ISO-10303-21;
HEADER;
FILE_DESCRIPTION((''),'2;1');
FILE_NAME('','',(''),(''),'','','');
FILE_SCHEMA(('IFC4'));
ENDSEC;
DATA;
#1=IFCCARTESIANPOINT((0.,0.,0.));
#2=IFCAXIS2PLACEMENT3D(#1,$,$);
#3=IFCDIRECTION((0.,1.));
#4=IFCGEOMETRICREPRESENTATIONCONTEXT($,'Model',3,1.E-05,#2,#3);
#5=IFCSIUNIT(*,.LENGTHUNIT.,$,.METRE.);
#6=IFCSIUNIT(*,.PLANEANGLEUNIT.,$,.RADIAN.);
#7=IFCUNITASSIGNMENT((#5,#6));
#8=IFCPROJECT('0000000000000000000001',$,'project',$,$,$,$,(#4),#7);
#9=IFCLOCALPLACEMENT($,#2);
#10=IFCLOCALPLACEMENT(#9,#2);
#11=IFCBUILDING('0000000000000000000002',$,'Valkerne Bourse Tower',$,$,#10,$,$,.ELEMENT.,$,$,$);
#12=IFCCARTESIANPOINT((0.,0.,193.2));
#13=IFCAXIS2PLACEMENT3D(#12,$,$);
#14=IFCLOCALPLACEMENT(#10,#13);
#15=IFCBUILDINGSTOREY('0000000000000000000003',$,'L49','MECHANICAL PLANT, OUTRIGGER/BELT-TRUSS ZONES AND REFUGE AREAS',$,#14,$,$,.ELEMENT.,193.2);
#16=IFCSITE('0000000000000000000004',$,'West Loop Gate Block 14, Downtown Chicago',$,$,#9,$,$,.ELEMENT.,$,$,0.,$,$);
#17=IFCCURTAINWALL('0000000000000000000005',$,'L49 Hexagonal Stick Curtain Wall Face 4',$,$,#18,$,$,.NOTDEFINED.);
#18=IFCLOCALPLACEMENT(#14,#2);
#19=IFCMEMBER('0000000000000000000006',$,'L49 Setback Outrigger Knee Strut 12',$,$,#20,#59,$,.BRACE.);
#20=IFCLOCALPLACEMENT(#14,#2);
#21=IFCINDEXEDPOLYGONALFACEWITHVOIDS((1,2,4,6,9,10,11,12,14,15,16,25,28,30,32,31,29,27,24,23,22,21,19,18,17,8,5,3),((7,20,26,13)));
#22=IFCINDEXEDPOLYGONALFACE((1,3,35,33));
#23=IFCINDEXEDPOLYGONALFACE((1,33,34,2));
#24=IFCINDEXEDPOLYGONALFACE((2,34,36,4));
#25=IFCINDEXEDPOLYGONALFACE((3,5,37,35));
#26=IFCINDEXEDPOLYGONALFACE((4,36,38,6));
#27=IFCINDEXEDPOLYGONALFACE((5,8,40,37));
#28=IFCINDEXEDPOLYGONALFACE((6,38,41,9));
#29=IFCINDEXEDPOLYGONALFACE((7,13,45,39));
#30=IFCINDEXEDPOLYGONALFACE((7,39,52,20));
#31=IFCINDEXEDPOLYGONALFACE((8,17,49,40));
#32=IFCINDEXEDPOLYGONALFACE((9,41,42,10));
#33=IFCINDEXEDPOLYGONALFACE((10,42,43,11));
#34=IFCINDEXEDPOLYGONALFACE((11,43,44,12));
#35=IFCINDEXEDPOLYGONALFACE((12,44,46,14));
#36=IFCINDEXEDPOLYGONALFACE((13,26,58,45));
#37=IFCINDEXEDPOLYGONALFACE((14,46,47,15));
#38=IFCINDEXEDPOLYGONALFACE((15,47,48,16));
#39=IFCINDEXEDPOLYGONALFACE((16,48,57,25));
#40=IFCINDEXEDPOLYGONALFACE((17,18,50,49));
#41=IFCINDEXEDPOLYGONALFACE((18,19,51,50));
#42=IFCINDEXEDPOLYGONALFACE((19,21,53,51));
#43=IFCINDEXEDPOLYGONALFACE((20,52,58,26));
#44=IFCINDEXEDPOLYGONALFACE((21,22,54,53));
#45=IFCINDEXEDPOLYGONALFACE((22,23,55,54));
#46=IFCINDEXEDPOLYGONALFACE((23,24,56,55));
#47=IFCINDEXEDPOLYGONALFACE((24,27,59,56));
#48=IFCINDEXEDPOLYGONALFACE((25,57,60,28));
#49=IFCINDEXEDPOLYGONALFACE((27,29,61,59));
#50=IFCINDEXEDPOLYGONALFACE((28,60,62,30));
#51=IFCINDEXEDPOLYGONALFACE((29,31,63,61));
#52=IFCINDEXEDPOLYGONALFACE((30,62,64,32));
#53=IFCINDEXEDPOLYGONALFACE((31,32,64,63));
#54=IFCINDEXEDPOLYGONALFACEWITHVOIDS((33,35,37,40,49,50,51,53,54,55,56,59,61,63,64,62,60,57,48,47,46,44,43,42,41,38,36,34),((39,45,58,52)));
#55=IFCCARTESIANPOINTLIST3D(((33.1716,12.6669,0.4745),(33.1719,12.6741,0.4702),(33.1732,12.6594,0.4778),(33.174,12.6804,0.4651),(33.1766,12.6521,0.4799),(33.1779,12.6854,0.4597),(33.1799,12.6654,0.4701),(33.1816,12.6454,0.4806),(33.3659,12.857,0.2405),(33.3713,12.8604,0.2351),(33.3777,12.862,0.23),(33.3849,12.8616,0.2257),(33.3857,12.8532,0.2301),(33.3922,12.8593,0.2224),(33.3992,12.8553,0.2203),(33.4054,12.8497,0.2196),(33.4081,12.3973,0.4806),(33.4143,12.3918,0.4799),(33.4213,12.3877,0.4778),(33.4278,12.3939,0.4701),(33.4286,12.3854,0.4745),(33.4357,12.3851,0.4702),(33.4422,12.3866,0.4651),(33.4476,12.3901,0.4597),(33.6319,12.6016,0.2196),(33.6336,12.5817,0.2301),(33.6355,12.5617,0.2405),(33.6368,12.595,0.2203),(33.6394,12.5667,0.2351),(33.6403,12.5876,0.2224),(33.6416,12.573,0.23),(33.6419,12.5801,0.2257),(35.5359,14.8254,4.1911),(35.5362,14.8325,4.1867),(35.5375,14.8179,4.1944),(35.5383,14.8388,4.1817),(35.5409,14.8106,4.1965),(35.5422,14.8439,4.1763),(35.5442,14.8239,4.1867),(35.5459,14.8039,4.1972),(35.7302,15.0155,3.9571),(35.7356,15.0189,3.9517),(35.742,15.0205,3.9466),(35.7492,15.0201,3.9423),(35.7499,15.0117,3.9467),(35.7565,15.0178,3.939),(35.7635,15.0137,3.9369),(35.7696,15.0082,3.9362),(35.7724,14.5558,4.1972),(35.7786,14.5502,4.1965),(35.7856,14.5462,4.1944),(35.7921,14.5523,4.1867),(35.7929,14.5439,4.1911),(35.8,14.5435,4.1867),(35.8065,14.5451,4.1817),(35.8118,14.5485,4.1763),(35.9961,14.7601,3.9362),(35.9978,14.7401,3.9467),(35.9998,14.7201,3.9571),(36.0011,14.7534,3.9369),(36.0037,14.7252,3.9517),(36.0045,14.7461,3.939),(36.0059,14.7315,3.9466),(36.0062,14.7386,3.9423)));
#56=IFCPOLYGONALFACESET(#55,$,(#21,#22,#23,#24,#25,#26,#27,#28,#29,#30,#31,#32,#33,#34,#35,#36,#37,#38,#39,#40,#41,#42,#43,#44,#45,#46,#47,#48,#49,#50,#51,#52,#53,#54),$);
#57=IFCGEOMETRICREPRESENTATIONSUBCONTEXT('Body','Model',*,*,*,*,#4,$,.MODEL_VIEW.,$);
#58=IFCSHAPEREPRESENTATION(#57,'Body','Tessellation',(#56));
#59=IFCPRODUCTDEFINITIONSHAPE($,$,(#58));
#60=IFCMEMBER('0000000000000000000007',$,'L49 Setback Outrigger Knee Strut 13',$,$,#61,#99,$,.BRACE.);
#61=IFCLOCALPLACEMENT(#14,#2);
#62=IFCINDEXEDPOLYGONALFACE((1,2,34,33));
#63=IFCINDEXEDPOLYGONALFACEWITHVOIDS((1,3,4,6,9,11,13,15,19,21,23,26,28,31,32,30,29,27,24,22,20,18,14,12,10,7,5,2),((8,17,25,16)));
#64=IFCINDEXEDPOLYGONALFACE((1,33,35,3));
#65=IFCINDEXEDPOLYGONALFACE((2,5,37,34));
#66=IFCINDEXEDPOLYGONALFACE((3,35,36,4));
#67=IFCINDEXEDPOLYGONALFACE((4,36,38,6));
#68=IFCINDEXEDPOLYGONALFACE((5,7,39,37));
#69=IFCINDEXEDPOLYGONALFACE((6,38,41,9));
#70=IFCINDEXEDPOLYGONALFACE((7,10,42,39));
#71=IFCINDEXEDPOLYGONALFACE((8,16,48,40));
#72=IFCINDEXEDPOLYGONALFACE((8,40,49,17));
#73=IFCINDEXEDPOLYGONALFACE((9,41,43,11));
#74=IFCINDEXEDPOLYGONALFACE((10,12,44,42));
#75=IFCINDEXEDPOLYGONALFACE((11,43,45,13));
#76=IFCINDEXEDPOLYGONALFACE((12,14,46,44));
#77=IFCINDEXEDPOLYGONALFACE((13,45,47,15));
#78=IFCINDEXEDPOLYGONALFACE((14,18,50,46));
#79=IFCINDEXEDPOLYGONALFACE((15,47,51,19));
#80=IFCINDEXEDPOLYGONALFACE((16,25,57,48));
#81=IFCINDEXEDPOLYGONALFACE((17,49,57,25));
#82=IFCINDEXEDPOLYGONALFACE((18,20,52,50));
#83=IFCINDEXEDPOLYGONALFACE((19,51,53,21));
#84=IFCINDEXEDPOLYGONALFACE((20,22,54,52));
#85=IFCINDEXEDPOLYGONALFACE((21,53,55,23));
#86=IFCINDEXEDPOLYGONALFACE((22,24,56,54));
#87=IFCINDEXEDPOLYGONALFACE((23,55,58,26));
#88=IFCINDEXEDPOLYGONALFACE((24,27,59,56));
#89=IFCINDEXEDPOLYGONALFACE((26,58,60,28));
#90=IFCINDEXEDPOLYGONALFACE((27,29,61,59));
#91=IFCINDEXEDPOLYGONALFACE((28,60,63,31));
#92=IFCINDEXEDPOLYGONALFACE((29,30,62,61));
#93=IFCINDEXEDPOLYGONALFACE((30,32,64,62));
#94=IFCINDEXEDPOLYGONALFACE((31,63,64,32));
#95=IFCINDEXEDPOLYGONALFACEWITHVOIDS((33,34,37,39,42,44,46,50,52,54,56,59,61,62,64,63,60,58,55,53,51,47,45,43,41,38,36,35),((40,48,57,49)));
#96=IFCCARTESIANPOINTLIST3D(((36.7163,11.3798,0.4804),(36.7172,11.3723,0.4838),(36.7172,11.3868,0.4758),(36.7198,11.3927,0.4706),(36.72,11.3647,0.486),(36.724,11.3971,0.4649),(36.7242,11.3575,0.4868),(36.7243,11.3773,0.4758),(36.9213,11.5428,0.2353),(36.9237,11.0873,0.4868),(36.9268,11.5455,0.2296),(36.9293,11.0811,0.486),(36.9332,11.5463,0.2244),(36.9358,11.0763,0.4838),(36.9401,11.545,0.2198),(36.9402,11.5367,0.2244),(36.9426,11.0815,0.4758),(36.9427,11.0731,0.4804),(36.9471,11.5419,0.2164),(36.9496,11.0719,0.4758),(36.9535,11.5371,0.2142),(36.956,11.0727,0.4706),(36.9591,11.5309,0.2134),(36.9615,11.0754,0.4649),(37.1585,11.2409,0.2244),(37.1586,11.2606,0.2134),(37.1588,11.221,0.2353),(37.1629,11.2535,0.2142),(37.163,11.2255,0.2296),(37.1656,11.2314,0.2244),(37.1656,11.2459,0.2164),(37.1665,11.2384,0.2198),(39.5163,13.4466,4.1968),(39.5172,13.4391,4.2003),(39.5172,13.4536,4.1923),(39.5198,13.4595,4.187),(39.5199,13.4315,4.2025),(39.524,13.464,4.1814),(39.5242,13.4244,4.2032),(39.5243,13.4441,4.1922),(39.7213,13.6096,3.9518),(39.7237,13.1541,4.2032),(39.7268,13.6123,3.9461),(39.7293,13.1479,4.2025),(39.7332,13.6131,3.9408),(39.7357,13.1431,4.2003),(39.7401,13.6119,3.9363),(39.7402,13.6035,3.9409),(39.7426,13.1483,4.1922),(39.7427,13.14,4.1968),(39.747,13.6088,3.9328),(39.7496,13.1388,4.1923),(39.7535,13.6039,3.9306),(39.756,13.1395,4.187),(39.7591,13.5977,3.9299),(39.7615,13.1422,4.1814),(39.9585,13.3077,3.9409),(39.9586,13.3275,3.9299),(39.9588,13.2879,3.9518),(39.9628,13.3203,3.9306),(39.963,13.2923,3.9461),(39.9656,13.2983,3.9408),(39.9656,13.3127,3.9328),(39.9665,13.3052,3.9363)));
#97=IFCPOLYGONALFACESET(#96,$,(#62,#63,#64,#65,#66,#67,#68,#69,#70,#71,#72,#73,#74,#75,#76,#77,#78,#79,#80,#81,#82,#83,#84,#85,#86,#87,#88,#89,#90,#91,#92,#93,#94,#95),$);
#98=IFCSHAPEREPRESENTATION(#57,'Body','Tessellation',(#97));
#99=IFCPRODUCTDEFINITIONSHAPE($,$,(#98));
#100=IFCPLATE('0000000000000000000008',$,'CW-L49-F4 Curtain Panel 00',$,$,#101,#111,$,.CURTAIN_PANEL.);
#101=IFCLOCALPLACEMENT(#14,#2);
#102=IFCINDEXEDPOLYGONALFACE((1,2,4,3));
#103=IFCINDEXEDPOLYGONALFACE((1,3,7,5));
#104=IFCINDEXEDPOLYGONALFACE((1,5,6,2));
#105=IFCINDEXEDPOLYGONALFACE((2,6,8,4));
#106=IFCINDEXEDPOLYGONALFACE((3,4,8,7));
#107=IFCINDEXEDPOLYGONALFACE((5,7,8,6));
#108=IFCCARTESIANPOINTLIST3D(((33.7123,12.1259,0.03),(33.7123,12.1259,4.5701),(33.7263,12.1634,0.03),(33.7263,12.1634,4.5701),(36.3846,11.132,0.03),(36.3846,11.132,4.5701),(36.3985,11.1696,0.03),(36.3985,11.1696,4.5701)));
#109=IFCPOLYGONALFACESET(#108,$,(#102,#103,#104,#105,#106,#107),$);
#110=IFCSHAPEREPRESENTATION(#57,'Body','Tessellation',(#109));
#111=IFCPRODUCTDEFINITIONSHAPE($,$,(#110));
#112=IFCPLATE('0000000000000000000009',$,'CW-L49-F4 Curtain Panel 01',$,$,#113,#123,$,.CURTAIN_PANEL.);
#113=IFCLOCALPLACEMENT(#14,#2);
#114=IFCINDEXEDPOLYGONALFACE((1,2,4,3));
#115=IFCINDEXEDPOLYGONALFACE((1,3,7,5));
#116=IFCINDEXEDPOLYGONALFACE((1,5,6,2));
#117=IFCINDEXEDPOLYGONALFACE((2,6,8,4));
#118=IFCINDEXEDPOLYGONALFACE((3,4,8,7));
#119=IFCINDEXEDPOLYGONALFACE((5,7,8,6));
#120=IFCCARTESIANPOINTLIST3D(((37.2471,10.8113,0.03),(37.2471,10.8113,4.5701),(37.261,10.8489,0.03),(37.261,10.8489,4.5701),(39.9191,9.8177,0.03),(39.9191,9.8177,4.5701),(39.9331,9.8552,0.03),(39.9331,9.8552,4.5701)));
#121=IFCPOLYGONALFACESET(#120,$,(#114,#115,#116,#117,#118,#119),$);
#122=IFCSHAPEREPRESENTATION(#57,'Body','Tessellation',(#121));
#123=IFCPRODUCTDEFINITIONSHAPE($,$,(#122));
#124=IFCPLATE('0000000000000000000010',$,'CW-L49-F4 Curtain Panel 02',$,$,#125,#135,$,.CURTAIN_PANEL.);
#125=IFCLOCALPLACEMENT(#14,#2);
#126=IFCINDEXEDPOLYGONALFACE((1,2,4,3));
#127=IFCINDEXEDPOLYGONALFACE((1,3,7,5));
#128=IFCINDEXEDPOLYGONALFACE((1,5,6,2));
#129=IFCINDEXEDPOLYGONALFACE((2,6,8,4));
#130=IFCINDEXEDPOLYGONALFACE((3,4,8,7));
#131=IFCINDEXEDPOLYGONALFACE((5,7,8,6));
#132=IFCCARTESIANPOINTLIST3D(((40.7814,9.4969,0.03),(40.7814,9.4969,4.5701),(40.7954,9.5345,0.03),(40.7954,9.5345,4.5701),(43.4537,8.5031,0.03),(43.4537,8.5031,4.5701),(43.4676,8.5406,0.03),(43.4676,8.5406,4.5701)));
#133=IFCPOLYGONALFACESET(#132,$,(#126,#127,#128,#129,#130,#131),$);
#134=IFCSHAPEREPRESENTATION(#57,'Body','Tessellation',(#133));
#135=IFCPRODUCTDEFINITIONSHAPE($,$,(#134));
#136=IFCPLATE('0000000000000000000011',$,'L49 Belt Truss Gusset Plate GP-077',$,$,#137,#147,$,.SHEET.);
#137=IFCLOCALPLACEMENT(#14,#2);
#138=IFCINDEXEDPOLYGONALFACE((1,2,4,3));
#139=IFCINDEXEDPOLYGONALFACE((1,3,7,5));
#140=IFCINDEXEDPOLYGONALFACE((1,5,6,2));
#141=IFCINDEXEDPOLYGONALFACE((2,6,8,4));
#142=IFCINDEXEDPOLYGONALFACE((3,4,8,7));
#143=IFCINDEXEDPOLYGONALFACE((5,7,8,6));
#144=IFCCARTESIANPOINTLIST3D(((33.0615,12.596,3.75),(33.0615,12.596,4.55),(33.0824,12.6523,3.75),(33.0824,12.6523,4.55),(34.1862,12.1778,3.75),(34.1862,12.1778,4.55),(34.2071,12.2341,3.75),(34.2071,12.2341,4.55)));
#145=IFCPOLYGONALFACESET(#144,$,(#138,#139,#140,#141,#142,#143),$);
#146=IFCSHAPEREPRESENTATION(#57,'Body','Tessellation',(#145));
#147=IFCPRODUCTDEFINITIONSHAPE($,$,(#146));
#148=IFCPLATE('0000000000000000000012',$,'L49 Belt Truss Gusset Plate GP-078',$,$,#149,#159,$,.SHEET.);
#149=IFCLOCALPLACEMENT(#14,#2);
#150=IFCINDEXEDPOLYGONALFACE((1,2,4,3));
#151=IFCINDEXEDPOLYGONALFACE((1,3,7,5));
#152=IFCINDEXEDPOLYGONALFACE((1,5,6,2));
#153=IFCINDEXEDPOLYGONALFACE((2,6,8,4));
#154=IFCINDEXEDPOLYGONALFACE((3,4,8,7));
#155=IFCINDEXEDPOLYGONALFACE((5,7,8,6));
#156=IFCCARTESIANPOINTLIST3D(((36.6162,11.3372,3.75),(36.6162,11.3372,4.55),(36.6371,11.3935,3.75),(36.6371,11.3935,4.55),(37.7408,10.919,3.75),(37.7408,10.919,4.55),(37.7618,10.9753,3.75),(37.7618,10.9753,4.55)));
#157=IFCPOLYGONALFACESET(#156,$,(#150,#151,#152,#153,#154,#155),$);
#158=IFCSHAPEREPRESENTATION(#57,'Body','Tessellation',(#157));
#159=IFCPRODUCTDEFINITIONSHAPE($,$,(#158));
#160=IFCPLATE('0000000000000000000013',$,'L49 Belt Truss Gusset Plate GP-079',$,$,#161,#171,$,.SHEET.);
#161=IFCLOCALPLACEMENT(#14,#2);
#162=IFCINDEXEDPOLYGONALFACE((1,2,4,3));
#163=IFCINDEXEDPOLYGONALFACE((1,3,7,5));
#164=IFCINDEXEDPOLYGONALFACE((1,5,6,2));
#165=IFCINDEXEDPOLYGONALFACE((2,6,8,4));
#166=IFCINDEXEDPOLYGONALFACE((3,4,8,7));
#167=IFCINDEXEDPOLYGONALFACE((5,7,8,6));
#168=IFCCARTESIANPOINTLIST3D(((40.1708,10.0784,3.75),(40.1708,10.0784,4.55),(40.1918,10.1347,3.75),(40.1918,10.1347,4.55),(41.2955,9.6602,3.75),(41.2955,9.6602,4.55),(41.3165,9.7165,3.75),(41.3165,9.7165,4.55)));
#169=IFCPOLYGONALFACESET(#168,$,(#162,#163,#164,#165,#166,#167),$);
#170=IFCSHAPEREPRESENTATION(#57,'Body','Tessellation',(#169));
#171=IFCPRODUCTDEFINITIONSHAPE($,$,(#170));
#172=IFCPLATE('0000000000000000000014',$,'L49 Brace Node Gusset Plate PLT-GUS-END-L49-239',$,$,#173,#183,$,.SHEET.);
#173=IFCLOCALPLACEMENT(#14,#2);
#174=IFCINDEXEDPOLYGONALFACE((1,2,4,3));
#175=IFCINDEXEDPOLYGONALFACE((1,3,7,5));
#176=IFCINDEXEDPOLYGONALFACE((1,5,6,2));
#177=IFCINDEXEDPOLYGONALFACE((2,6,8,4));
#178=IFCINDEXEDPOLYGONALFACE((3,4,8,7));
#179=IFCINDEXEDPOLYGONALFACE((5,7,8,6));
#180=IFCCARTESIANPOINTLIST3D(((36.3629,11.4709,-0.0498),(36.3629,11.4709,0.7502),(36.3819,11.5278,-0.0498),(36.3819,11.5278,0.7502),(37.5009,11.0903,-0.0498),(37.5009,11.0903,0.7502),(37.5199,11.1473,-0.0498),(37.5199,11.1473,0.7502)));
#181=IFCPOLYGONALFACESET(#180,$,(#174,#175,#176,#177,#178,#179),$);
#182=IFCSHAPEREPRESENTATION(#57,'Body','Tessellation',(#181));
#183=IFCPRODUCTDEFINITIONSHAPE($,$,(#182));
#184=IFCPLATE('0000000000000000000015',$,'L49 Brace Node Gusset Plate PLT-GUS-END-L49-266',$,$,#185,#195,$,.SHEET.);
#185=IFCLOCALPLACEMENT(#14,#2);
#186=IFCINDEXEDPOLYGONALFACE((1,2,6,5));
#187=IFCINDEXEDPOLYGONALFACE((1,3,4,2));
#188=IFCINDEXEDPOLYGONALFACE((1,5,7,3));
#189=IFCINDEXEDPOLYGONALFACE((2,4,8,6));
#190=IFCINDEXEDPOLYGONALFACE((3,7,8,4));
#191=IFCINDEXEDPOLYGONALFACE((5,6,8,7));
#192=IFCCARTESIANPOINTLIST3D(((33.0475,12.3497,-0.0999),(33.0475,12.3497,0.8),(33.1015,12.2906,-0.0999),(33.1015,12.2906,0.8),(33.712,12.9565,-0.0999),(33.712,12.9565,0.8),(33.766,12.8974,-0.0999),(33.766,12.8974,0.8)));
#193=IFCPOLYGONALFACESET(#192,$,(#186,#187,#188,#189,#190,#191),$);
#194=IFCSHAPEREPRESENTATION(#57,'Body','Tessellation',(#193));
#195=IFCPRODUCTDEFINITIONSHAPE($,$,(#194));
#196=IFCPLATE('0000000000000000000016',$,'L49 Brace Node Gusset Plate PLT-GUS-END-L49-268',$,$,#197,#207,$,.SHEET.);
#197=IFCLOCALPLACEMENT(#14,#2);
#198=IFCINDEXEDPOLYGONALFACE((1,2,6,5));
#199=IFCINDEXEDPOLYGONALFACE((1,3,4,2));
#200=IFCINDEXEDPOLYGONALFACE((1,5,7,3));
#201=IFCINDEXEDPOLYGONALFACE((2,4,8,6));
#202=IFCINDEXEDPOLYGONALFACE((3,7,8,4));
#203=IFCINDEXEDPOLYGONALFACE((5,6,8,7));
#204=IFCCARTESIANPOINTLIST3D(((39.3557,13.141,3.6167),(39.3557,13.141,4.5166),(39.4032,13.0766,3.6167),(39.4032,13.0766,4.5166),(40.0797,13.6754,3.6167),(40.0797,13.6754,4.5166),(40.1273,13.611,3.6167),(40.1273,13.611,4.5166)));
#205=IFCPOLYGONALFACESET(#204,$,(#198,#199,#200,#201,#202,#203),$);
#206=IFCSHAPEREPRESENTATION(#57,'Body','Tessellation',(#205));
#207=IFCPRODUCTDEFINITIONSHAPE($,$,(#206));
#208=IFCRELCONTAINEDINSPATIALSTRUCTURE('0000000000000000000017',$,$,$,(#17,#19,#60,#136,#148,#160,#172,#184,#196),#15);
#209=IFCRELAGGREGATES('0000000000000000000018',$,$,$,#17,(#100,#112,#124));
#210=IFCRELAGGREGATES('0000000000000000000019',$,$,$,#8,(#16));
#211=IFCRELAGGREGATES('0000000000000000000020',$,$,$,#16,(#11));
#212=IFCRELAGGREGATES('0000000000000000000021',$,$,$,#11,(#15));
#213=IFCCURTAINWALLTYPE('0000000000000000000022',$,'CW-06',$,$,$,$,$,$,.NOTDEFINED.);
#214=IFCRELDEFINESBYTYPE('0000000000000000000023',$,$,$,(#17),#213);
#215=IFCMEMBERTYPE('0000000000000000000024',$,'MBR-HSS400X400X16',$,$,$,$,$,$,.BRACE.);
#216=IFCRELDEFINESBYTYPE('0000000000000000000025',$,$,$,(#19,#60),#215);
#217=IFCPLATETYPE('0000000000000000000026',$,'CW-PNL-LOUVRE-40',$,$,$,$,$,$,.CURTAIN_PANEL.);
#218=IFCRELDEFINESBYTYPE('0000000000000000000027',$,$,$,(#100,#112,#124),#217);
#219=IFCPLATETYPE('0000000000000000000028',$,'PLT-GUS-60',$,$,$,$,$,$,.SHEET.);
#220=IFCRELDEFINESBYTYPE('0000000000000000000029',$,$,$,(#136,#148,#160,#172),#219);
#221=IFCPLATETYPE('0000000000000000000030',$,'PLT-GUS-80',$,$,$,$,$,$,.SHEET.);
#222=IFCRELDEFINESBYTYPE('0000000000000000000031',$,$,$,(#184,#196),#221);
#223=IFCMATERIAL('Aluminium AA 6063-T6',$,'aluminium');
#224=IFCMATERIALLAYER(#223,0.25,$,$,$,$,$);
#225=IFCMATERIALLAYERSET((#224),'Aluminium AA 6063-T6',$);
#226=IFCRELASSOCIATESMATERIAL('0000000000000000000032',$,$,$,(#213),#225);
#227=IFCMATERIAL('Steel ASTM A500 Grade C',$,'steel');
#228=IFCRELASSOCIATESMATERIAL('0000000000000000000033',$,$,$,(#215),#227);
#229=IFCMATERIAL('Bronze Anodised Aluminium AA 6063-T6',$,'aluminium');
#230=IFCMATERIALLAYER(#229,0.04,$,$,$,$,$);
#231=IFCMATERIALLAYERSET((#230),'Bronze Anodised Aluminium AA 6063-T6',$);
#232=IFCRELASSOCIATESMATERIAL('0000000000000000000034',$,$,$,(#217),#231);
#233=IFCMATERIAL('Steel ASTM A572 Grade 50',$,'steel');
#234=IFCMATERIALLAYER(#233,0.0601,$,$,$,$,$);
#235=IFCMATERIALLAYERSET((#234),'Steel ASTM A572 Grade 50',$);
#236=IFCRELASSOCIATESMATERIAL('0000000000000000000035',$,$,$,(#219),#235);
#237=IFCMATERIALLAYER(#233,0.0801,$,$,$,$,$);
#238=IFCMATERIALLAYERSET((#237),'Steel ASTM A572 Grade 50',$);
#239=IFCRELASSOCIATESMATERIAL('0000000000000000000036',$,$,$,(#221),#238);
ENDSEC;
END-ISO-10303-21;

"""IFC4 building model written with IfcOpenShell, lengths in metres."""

from ifc_helpers import new_model, si_unit, direction, frame, origin, origin_2d, place, context, subcontext, project, spatial, rectangle, hollow_rectangle, extrude, material, layer, layer_set, material_profile, profile_set, type_object, element, aggregate, save


model = new_model("IFC4")

# Units and contexts
model_context = context("Model", 3, precision=1e-05, world=origin(), true_north=direction((0.0, 1.0)))
body_context = subcontext(model_context, "Body", "Model", "MODEL_VIEW")
ifc_project = project(units=[si_unit("LENGTHUNIT", "METRE"), si_unit("PLANEANGLEUNIT", "RADIAN")], contexts=[model_context])

# Site, building, storey
site_placement = place(None, origin())
site = spatial("IfcSite", under=ifc_project, at=site_placement, Name="West Loop Gate Block 14, Downtown Chicago", CompositionType="ELEMENT", RefElevation=0.0)
building_placement = place(site_placement, origin())
building = spatial("IfcBuilding", under=site, at=building_placement, Name="Valkerne Bourse Tower", CompositionType="ELEMENT")
storey_placement = place(building_placement, frame((0.0, 0.0, 193.2)))
storey = spatial("IfcBuildingStorey", under=building, at=storey_placement, Name="L49", Description="MECHANICAL PLANT, OUTRIGGER/BELT-TRUSS ZONES AND REFUGE AREAS", CompositionType="ELEMENT", Elevation=193.2)

# Curtain wall
ifc_material_1 = material(Name="Aluminium AA 6063-T6", Category="aluminium")
ifc_layer_1 = layer(ifc_material_1, 0.25)
ifc_layer_set_1 = layer_set([ifc_layer_1], Name="Aluminium AA 6063-T6")
curtain_wall_type = type_object("IfcCurtainWallType", Name="CW-06", PredefinedType="NOTDEFINED", material=ifc_layer_set_1)
curtain_wall_placement = place(storey_placement, origin())
curtain_wall = element("IfcCurtainWall", 1, at=curtain_wall_placement, inside=storey, type_object=curtain_wall_type, Name="L49 Hexagonal Stick Curtain Wall Face 4", PredefinedType="NOTDEFINED")

# Members
ifc_material_2 = material(Name="Steel ASTM A500 Grade C", Category="steel")
ifc_material_profile_1 = material_profile(ifc_material_2, hollow_rectangle(XDim=0.3999, YDim=0.3999, WallThickness=0.0161, OuterFilletRadius=0.032, at=origin_2d()), Name="HSS400X400X16")
ifc_profile_set_1 = profile_set([ifc_material_profile_1], Name="Steel ASTM A500 Grade C")
member_type_1 = type_object("IfcMemberType", Name="MBR-HSS400X400X16", PredefinedType="BRACE", material=ifc_profile_set_1)
member_1_placement = place(storey_placement, frame((33.4067, 12.6235, 0.3501), z_axis=(0.481986, 0.440029, 0.75767), x_axis=(-0.674231, 0.73852, 0.0)))
element("IfcMember", 2, at=member_1_placement, inside=storey, type_object=member_type_1, Name="L49 Setback Outrigger Knee Strut 12", PredefinedType="BRACE", context=body_context, shape_type="SweptSolid", body=[
    extrude(hollow_rectangle(XDim=0.3999, YDim=0.3999, WallThickness=0.0161, OuterFilletRadius=0.032, at=origin_2d()), origin(), (0.0, 0.0, 1.0), 4.9053),
])
member_2_placement = place(storey_placement, frame((36.9414, 11.3091, 0.3501), z_axis=(0.549928, 0.405937, 0.729928), x_axis=(-0.593888, 0.804548, 0.0)))
element("IfcMember", 3, at=member_2_placement, inside=storey, type_object=member_type_1, Name="L49 Setback Outrigger Knee Strut 13", PredefinedType="BRACE", context=body_context, shape_type="SweptSolid", body=[
    extrude(hollow_rectangle(XDim=0.3999, YDim=0.3999, WallThickness=0.0161, OuterFilletRadius=0.032, at=origin_2d()), origin(), (0.0, 0.0, 1.0), 5.0916),
])

# Plates
ifc_material_3 = material(Name="Bronze Anodised Aluminium AA 6063-T6", Category="aluminium")
ifc_layer_2 = layer(ifc_material_3, 0.04)
ifc_layer_set_2 = layer_set([ifc_layer_2], Name="Bronze Anodised Aluminium AA 6063-T6")
plate_type_1 = type_object("IfcPlateType", Name="CW-PNL-LOUVRE-40", PredefinedType="CURTAIN_PANEL", material=ifc_layer_set_2)
plate_1_placement = place(storey_placement, frame((35.0554, 11.6477, 0.03), z_axis=(0.0, 0.0, 1.0), x_axis=(0.937279, -0.348579, 0.0)))
plate_1 = element("IfcPlate", 4, at=plate_1_placement, type_object=plate_type_1, Name="CW-L49-F4 Curtain Panel 00", PredefinedType="CURTAIN_PANEL", context=body_context, shape_type="SweptSolid", body=[
    extrude(rectangle(XDim=2.8511, YDim=0.04, at=origin_2d()), origin(), (0.0, 0.0, 1.0), 4.54),
])
plate_2_placement = place(storey_placement, frame((38.5901, 10.3333, 0.03), z_axis=(0.0, 0.0, 1.0), x_axis=(0.937288, -0.348556, 0.0)))
plate_2 = element("IfcPlate", 5, at=plate_2_placement, type_object=plate_type_1, Name="CW-L49-F4 Curtain Panel 01", PredefinedType="CURTAIN_PANEL", context=body_context, shape_type="SweptSolid", body=[
    extrude(rectangle(XDim=2.8508, YDim=0.04, at=origin_2d()), origin(), (0.0, 0.0, 1.0), 4.54),
])
plate_3_placement = place(storey_placement, frame((42.1245, 9.0188, 0.03), z_axis=(0.0, 0.0, 1.0), x_axis=(0.937279, -0.348579, 0.0)))
plate_3 = element("IfcPlate", 6, at=plate_3_placement, type_object=plate_type_1, Name="CW-L49-F4 Curtain Panel 02", PredefinedType="CURTAIN_PANEL", context=body_context, shape_type="SweptSolid", body=[
    extrude(rectangle(XDim=2.8511, YDim=0.04, at=origin_2d()), origin(), (0.0, 0.0, 1.0), 4.54),
])
aggregate(curtain_wall, [plate_1, plate_2, plate_3])

# Plates
ifc_material_4 = material(Name="Steel ASTM A572 Grade 50", Category="steel")
ifc_layer_3 = layer(ifc_material_4, 0.0601)
ifc_layer_set_3 = layer_set([ifc_layer_3], Name="Steel ASTM A572 Grade 50")
plate_type_2 = type_object("IfcPlateType", Name="PLT-GUS-60", PredefinedType="SHEET", material=ifc_layer_set_3)
for number, where, z_axis, x_axis, name in (
    (7, (33.6343, 12.415, 3.75), (0.0, 0.0, 1.0), (0.937282, -0.348572, 0.0), "L49 Belt Truss Gusset Plate GP-077"),
    (8, (37.189, 11.1562, 3.75), (0.0, 0.0, 1.0), (0.937282, -0.348572, 0.0), "L49 Belt Truss Gusset Plate GP-078"),
    (9, (40.7437, 9.8975, 3.75), (0.0, 0.0, 1.0), (0.937282, -0.348572, 0.0), "L49 Belt Truss Gusset Plate GP-079"),
    (10, (36.9414, 11.3091, -0.0498), (0.0, 0.0, 1.0), (-0.948379, 0.317139, 0.0), "L49 Brace Node Gusset Plate PLT-GUS-END-L49-239"),
):
    element("IfcPlate", number, at=place(storey_placement, frame(where, z_axis=z_axis, x_axis=x_axis)), inside=storey, type_object=plate_type_2, Name=name, PredefinedType="SHEET", context=body_context, shape_type="SweptSolid", body=[
        extrude(rectangle(XDim=1.2, YDim=0.0601, at=origin_2d()), origin(), (0.0, 0.0, 1.0), 0.8),
    ])
ifc_layer_4 = layer(ifc_material_4, 0.0801)
ifc_layer_set_4 = layer_set([ifc_layer_4], Name="Steel ASTM A572 Grade 50")
plate_type_3 = type_object("IfcPlateType", Name="PLT-GUS-80", PredefinedType="SHEET", material=ifc_layer_set_4)
for number, where, z_axis, x_axis, name in (
    (11, (33.4067, 12.6235, -0.0999), (0.0, 0.0, 1.0), (0.738455, 0.674302, 0.0), "L49 Brace Node Gusset Plate PLT-GUS-END-L49-266"),
    (12, (39.7415, 13.376, 3.6167), (0.0, 0.0, 1.0), (0.804583, 0.59384, 0.0), "L49 Brace Node Gusset Plate PLT-GUS-END-L49-268"),
):
    element("IfcPlate", number, at=place(storey_placement, frame(where, z_axis=z_axis, x_axis=x_axis)), inside=storey, type_object=plate_type_3, Name=name, PredefinedType="SHEET", context=body_context, shape_type="SweptSolid", body=[
        extrude(rectangle(XDim=0.8999, YDim=0.0801, at=origin_2d()), origin(), (0.0, 0.0, 1.0), 0.8999),
    ])

save(model, "model.ifc")
